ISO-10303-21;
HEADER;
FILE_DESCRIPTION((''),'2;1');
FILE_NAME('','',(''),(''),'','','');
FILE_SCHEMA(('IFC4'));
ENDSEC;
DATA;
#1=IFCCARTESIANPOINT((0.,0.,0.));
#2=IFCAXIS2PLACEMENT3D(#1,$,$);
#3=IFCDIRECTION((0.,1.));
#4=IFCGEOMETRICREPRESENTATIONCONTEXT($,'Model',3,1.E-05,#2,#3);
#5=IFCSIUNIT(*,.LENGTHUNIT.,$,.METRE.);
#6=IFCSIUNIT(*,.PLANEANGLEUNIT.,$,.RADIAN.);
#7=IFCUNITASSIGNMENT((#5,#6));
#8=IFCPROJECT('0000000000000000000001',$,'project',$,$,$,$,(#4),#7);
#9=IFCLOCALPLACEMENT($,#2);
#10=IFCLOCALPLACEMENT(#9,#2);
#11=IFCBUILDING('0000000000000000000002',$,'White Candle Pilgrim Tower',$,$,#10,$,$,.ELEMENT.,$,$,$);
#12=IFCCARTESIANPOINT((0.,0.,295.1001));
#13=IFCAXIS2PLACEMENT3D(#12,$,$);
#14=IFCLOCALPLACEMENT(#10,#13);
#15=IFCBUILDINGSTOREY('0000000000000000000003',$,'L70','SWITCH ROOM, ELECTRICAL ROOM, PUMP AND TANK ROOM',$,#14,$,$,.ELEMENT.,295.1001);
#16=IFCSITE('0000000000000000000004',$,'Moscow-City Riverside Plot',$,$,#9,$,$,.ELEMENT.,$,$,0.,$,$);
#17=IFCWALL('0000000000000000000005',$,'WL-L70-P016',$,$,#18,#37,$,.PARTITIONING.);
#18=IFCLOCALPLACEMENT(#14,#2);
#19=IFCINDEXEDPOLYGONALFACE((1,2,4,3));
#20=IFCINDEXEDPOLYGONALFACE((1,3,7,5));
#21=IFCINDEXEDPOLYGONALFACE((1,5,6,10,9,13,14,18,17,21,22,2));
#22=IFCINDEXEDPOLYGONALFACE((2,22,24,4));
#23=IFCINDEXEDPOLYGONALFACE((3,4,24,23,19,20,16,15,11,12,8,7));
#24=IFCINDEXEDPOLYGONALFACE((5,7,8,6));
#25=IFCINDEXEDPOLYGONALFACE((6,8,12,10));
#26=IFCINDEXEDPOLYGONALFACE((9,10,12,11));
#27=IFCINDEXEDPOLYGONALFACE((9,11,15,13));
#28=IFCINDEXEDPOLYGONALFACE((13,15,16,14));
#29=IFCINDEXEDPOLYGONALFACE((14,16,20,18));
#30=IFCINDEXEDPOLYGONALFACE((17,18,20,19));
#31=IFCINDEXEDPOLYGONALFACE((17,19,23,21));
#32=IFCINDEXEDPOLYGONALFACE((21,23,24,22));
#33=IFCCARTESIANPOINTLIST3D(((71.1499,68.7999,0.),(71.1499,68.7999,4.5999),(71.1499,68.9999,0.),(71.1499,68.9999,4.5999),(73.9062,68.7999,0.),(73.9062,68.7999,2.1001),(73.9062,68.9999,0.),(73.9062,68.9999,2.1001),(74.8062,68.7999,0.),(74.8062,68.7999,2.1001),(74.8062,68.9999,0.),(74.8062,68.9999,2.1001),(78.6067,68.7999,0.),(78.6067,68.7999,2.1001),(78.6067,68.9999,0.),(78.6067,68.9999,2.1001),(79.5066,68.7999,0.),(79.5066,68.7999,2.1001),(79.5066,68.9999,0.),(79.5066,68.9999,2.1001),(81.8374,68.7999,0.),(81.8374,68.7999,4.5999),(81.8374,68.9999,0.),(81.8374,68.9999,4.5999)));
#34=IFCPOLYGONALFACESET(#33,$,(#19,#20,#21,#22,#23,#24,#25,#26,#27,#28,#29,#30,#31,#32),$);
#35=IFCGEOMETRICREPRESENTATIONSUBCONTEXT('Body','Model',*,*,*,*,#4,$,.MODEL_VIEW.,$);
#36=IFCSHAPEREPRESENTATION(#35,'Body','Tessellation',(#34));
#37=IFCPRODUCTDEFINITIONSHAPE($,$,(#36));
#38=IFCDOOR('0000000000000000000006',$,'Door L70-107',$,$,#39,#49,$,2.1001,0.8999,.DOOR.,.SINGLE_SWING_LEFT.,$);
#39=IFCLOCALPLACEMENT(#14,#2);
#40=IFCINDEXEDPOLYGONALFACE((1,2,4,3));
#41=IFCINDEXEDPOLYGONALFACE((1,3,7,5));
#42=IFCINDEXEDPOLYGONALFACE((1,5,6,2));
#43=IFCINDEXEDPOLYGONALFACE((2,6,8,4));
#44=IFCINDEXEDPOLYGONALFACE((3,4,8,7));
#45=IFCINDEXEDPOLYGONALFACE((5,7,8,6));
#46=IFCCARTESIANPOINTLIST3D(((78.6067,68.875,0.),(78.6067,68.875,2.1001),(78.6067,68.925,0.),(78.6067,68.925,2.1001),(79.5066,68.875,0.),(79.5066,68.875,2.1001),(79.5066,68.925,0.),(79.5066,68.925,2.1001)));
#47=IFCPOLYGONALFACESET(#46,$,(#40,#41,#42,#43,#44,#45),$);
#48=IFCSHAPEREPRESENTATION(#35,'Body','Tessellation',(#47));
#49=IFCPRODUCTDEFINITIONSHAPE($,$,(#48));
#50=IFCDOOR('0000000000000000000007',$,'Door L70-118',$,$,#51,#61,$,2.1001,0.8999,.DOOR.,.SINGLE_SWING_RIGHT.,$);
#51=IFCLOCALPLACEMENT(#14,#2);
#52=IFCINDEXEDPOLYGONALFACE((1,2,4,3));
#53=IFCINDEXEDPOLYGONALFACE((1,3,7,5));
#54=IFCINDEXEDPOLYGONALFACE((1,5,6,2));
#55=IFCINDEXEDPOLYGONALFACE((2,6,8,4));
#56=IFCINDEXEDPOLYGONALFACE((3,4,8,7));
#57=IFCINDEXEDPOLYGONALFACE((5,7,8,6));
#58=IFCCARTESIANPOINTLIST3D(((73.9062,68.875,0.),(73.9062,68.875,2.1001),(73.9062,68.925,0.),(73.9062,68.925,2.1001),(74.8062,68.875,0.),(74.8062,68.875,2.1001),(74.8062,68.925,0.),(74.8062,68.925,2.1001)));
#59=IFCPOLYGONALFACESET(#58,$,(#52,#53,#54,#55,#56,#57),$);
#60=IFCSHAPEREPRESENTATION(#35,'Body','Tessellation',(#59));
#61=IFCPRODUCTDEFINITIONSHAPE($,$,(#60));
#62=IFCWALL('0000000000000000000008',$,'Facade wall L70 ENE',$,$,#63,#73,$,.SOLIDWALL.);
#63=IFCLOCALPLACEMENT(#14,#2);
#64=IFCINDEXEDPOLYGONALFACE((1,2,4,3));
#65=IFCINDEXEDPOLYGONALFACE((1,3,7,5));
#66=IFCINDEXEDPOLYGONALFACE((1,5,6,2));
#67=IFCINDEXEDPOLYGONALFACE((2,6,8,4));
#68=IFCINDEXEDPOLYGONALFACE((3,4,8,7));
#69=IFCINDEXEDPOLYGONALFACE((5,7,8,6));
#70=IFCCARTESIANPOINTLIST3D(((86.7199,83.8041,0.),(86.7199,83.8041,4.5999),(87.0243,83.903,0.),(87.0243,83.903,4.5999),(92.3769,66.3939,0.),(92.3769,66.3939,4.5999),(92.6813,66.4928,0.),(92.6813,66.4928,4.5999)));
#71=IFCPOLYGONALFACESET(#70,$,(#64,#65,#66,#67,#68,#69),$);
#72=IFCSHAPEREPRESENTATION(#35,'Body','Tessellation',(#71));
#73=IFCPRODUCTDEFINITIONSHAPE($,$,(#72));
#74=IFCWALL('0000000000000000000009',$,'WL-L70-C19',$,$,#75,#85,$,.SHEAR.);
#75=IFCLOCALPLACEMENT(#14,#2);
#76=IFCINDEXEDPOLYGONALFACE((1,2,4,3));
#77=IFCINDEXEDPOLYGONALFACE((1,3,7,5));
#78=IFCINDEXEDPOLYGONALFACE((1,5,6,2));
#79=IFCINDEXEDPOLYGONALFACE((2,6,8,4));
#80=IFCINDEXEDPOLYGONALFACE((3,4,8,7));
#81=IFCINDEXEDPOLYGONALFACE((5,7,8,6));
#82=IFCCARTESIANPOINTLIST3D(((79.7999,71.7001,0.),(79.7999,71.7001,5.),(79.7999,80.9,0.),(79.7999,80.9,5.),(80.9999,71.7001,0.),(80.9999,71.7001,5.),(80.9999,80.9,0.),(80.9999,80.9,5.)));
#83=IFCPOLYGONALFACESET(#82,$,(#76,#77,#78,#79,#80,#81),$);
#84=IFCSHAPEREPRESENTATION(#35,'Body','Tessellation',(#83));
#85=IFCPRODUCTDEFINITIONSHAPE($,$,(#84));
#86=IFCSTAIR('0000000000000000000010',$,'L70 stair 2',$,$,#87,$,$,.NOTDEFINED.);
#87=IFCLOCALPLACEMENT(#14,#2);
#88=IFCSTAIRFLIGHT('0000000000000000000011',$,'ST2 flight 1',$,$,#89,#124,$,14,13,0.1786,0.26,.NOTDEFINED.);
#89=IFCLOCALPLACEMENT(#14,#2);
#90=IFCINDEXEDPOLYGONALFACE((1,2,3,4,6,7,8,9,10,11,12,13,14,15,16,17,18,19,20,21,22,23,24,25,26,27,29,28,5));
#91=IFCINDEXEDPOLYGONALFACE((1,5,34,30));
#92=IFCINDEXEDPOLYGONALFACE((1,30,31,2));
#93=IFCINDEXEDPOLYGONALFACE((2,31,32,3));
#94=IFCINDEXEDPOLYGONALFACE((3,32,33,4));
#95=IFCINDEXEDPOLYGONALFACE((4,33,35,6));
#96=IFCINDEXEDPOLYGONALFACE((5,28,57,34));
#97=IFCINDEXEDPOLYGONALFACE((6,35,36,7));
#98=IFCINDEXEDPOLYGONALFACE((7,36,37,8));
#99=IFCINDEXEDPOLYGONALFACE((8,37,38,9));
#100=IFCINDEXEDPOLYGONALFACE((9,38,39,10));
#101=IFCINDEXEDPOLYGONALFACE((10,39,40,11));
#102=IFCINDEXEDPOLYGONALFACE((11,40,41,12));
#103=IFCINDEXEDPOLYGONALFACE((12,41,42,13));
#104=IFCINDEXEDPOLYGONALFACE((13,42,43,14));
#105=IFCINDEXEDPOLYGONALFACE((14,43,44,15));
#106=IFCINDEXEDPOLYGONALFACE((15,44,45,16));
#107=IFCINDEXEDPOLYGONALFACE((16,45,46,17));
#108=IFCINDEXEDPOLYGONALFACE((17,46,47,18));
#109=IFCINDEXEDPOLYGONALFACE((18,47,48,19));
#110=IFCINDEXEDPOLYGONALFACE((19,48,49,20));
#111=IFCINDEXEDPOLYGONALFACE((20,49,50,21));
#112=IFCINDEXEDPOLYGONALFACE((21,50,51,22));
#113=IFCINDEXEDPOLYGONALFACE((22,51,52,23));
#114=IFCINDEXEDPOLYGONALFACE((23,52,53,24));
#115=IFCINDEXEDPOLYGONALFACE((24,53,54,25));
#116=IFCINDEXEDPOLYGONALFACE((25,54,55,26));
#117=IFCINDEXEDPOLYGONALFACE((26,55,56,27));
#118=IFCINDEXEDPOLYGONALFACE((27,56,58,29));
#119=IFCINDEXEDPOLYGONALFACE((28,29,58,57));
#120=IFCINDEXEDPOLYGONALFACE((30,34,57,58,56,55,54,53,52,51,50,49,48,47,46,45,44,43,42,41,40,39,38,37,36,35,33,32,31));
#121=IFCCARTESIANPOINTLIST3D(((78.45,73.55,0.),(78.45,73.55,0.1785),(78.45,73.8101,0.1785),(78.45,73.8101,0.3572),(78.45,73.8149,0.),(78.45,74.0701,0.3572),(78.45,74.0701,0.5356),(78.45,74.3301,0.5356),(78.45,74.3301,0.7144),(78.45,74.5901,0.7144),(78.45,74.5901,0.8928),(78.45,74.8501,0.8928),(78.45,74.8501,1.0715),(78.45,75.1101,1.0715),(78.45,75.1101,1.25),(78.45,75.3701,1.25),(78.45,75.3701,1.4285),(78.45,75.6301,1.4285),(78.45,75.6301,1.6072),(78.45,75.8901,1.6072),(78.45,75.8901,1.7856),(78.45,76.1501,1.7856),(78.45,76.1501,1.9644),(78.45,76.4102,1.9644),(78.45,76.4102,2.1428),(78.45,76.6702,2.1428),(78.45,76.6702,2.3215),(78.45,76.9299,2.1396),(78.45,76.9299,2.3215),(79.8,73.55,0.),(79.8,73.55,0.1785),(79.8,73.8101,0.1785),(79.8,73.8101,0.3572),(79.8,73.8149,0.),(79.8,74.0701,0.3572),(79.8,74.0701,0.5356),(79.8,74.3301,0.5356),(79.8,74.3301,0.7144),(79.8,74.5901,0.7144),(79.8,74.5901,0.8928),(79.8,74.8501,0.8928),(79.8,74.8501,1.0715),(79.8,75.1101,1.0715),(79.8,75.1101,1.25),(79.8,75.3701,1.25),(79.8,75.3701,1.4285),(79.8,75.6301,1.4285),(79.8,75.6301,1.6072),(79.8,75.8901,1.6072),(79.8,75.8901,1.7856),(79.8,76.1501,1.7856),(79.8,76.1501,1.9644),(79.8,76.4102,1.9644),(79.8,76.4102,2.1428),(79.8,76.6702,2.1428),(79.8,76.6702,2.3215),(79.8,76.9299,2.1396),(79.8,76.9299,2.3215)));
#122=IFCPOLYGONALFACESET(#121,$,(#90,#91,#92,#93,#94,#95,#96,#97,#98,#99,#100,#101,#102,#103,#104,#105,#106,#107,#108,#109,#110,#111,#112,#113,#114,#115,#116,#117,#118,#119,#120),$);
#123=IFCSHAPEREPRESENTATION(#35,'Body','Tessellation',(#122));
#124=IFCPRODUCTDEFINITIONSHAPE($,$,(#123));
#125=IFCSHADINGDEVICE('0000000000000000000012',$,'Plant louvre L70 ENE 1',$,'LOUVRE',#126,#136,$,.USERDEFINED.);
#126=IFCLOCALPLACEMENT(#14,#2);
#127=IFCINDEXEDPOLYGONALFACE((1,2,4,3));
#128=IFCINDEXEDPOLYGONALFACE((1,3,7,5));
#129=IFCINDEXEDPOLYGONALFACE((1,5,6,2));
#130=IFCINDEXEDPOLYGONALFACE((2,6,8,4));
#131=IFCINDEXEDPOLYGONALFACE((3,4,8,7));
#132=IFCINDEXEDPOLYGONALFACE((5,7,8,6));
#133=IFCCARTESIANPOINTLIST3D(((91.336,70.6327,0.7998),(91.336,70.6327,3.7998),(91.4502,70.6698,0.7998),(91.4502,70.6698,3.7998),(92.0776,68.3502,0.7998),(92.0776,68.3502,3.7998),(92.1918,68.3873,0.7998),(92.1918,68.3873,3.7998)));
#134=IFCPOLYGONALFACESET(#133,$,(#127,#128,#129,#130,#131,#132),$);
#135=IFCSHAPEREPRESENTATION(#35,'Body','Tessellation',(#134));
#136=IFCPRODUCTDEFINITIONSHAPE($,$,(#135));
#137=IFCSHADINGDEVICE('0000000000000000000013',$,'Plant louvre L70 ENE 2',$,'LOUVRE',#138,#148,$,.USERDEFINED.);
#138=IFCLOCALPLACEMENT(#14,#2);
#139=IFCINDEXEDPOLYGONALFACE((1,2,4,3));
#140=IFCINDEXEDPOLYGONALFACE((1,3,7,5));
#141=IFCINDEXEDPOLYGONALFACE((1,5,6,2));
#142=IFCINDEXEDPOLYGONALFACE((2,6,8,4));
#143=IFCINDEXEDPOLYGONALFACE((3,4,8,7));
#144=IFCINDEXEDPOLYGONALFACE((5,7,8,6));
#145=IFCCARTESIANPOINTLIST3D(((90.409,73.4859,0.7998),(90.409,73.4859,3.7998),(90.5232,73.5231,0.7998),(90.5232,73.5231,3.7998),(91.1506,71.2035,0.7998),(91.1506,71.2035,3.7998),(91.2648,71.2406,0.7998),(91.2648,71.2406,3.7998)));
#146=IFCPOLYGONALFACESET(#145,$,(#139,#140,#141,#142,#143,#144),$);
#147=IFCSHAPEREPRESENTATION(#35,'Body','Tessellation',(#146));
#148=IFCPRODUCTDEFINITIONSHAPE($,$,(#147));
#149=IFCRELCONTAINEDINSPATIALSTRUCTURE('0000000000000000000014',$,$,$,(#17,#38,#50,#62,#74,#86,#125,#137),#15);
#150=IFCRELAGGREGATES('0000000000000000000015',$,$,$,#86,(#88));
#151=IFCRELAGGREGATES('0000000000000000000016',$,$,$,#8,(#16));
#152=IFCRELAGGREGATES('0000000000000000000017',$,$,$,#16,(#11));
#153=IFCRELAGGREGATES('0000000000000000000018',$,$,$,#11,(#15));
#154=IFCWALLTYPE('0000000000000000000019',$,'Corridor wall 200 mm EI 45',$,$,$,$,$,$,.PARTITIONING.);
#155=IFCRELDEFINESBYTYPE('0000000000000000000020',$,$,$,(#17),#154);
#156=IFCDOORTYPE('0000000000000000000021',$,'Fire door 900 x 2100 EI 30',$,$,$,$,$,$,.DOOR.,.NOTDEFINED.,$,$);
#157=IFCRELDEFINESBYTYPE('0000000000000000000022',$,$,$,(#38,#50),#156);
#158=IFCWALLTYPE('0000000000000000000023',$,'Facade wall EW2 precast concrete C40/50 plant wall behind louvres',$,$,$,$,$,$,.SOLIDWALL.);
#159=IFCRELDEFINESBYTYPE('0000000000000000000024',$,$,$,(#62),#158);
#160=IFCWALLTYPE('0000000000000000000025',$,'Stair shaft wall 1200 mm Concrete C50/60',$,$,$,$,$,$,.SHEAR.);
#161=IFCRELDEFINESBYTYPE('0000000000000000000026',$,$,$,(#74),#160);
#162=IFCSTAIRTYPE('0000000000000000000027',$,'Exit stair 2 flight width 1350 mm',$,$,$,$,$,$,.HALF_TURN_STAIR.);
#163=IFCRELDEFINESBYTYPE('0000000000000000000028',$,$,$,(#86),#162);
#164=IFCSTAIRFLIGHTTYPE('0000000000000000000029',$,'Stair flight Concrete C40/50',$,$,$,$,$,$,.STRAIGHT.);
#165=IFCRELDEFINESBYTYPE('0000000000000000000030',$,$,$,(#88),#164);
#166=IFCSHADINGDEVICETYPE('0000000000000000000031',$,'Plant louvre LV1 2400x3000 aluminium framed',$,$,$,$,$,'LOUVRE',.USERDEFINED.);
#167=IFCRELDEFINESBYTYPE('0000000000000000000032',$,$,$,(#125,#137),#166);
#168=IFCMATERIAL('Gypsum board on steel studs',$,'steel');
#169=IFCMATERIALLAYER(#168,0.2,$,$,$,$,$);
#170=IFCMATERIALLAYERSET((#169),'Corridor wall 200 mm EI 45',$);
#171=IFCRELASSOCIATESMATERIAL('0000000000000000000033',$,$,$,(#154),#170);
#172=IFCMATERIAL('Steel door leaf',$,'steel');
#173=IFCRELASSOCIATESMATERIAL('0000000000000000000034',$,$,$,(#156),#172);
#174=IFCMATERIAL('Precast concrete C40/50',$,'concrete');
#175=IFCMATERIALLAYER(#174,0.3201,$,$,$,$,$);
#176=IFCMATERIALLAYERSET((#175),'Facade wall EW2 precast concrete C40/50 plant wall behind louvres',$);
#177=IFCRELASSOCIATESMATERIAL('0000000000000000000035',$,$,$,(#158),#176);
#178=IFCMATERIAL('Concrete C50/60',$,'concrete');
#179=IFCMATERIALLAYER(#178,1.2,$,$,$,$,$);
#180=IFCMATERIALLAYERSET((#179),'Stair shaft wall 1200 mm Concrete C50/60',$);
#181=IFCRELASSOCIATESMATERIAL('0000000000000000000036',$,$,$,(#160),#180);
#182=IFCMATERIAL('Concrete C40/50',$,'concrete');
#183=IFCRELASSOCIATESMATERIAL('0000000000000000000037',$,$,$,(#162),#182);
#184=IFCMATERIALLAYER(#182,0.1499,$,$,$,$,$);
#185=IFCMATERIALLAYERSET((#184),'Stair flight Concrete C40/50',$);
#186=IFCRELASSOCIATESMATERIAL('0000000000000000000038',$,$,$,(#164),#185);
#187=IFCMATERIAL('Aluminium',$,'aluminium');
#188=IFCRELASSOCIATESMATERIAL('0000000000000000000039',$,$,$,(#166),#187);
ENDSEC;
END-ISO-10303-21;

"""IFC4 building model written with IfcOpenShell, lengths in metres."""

from ifc_helpers import new_model, si_unit, direction, frame, frame_2d, origin, origin_2d, place, context, subcontext, project, spatial, polyline, rectangle, outline, extrude, material, layer, layer_set, type_object, element, fill, aggregate, save


model = new_model("IFC4")

# Units and contexts
model_context = context("Model", 3, precision=1e-05, world=origin(), true_north=direction((0.0, 1.0)))
body_context = subcontext(model_context, "Body", "Model", "MODEL_VIEW")
ifc_project = project(units=[si_unit("LENGTHUNIT", "METRE"), si_unit("PLANEANGLEUNIT", "RADIAN")], contexts=[model_context])

# Site, building, storey
site_placement = place(None, origin())
site = spatial("IfcSite", under=ifc_project, at=site_placement, Name="Moscow-City Riverside Plot", CompositionType="ELEMENT", RefElevation=0.0)
building_placement = place(site_placement, origin())
building = spatial("IfcBuilding", under=site, at=building_placement, Name="White Candle Pilgrim Tower", CompositionType="ELEMENT")
storey_placement = place(building_placement, frame((0.0, 0.0, 295.1001)))
storey = spatial("IfcBuildingStorey", under=building, at=storey_placement, Name="L70", Description="SWITCH ROOM, ELECTRICAL ROOM, PUMP AND TANK ROOM", CompositionType="ELEMENT", Elevation=295.1001)

# Shared definitions
ifc_material_1 = material(Name="Concrete C50/60", Category="concrete")

# Shared definitions
ifc_material_2 = material(Name="Gypsum board on steel studs", Category="steel")
ifc_layer_1 = layer(ifc_material_2, 0.2)
ifc_layer_set_1 = layer_set([ifc_layer_1], Name="Corridor wall 200 mm EI 45")
wall_type_1 = type_object("IfcWallType", Name="Corridor wall 200 mm EI 45", PredefinedType="PARTITIONING", material=ifc_layer_set_1)

# Wall, openings, doors
wall_1_placement = place(storey_placement, frame((81.8374, 68.8999, 0.0), z_axis=(0.0, 0.0, 1.0), x_axis=(-1.0, 0.0, 0.0)))
wall_1 = element("IfcWall", 1, at=wall_1_placement, inside=storey, type_object=wall_type_1, Name="WL-L70-P016", PredefinedType="PARTITIONING", context=body_context, shape_type="SweptSolid", body=[
    extrude(rectangle(XDim=10.6875, YDim=0.2, at=frame_2d((5.3438, 0.0))), origin(), (0.0, 0.0, 1.0), 4.5999),
])
opening_1_placement = place(wall_1_placement, frame((2.3308, 0.0, 0.0)))
opening_1 = element("IfcOpeningElement", 2, at=opening_1_placement, cuts=wall_1, PredefinedType="OPENING", context=body_context, shape_type="SweptSolid", body=[
    extrude(rectangle(XDim=0.8999, YDim=2.1001, at=frame_2d((0.45, 1.05))), frame((0.0, 0.1099, 0.0), z_axis=(0.0, -1.0, 0.0), x_axis=(1.0, 0.0, 0.0)), (0.0, 0.0, 1.0), 0.22),
])
opening_2_placement = place(wall_1_placement, frame((7.0312, 0.0, 0.0)))
opening_2 = element("IfcOpeningElement", 3, at=opening_2_placement, cuts=wall_1, PredefinedType="OPENING", context=body_context, shape_type="SweptSolid", body=[
    extrude(rectangle(XDim=0.8999, YDim=2.1001, at=frame_2d((0.45, 1.05))), frame((0.0, 0.1099, 0.0), z_axis=(0.0, -1.0, 0.0), x_axis=(1.0, 0.0, 0.0)), (0.0, 0.0, 1.0), 0.22),
])
ifc_material_3 = material(Name="Steel door leaf", Category="steel")
door_type = type_object("IfcDoorType", Name="Fire door 900 x 2100 EI 30", OperationType="NOTDEFINED", PredefinedType="DOOR", material=ifc_material_3)
door_1_placement = place(opening_1_placement, origin())
door_1 = element("IfcDoor", 4, at=door_1_placement, inside=storey, type_object=door_type, Name="Door L70-107", OperationType="SINGLE_SWING_LEFT", OverallHeight=2.1001, OverallWidth=0.8999, PredefinedType="DOOR", context=body_context, shape_type="SweptSolid", body=[
    extrude(rectangle(XDim=0.8999, YDim=2.1001, at=frame_2d((0.45, 1.05))), frame((0.0, 0.0249, 0.0), z_axis=(0.0, -1.0, 0.0), x_axis=(1.0, 0.0, 0.0)), (0.0, 0.0, 1.0), 0.05),
])
fill(opening_1, door_1)
door_2_placement = place(opening_2_placement, origin())
door_2 = element("IfcDoor", 5, at=door_2_placement, inside=storey, type_object=door_type, Name="Door L70-118", OperationType="SINGLE_SWING_RIGHT", OverallHeight=2.1001, OverallWidth=0.8999, PredefinedType="DOOR", context=body_context, shape_type="SweptSolid", body=[
    extrude(rectangle(XDim=0.8999, YDim=2.1001, at=frame_2d((0.45, 1.05))), frame((0.0, 0.0249, 0.0), z_axis=(0.0, -1.0, 0.0), x_axis=(1.0, 0.0, 0.0)), (0.0, 0.0, 1.0), 0.05),
])
fill(opening_2, door_2)

# Walls
ifc_material_4 = material(Name="Precast concrete C40/50", Category="concrete")
ifc_layer_2 = layer(ifc_material_4, 0.3201)
ifc_layer_set_2 = layer_set([ifc_layer_2], Name="Facade wall EW2 precast concrete C40/50 plant wall behind louvres")
wall_type_2 = type_object("IfcWallType", Name="Facade wall EW2 precast concrete C40/50 plant wall behind louvres", PredefinedType="SOLIDWALL", material=ifc_layer_set_2)
wall_2_placement = place(storey_placement, frame((92.5291, 66.4434, 0.0), z_axis=(0.0, 0.0, 1.0), x_axis=(-0.309021, 0.951055, 0.0)))
element("IfcWall", 6, at=wall_2_placement, inside=storey, type_object=wall_type_2, Name="Facade wall L70 ENE", PredefinedType="SOLIDWALL", context=body_context, shape_type="SweptSolid", body=[
    extrude(rectangle(XDim=18.3062, YDim=0.3201, at=frame_2d((9.1531, 0.0))), origin(), (0.0, 0.0, 1.0), 4.5999),
])
ifc_layer_3 = layer(ifc_material_1, 1.2)
ifc_layer_set_3 = layer_set([ifc_layer_3], Name="Stair shaft wall 1200 mm Concrete C50/60")
wall_type_3 = type_object("IfcWallType", Name="Stair shaft wall 1200 mm Concrete C50/60", PredefinedType="SHEAR", material=ifc_layer_set_3)
wall_3_placement = place(storey_placement, frame((80.3999, 71.7, 0.0), z_axis=(0.0, 0.0, 1.0), x_axis=(0.0, 1.0, 0.0)))
element("IfcWall", 7, at=wall_3_placement, inside=storey, type_object=wall_type_3, Name="WL-L70-C19", PredefinedType="SHEAR", context=body_context, shape_type="SweptSolid", body=[
    extrude(rectangle(XDim=9.2, YDim=1.2, at=frame_2d((4.6001, 0.0))), origin(), (0.0, 0.0, 1.0), 5.0),
])

# Stair, stair flight
ifc_material_5 = material(Name="Concrete C40/50", Category="concrete")
stair_type = type_object("IfcStairType", Name="Exit stair 2 flight width 1350 mm", PredefinedType="HALF_TURN_STAIR", material=ifc_material_5)
stair_placement = place(storey_placement, origin())
stair = element("IfcStair", 8, at=stair_placement, inside=storey, type_object=stair_type, Name="L70 stair 2", PredefinedType="NOTDEFINED")
ifc_layer_4 = layer(ifc_material_5, 0.1499)
ifc_layer_set_4 = layer_set([ifc_layer_4], Name="Stair flight Concrete C40/50")
stair_flight_type = type_object("IfcStairFlightType", Name="Stair flight Concrete C40/50", PredefinedType="STRAIGHT", material=ifc_layer_set_4)
stair_flight_placement = place(storey_placement, frame((79.125, 73.55, 0.0), z_axis=(0.0, 0.0, 1.0), x_axis=(0.0, 1.0, 0.0)))
stair_flight = element("IfcStairFlight", 9, at=stair_flight_placement, type_object=stair_flight_type, Name="ST2 flight 1", NumberOfRisers=14, NumberOfTreads=13, PredefinedType="NOTDEFINED", RiserHeight=0.1786, TreadLength=0.26, context=body_context, shape_type="SweptSolid", body=[
    extrude(outline(polyline([(0.0, 0.0), (0.0, 0.1785), (0.26, 0.1785), (0.26, 0.3572), (0.52, 0.3572), (0.52, 0.5356), (0.78, 0.5356), (0.78, 0.7144), (1.04, 0.7144), (1.04, 0.8928), (1.3, 0.8928), (1.3, 1.0715), (1.5601, 1.0715), (1.5601, 1.25), (1.8201, 1.25), (1.8201, 1.4285), (2.0801, 1.4285), (2.0801, 1.6072), (2.3401, 1.6072), (2.3401, 1.7856), (2.6001, 1.7856), (2.6001, 1.9644), (2.8601, 1.9644), (2.8601, 2.1428), (3.1201, 2.1428), (3.1201, 2.3215), (3.3799, 2.3215), (3.3799, 2.5), (3.3799, 2.1396), (0.2649, 0.0), (0.0, 0.0)])), frame((0.0, 0.675, 0.0), z_axis=(0.0, -1.0, 0.0), x_axis=(1.0, 0.0, 0.0)), (0.0, 0.0, 1.0), 1.3501),
])
aggregate(stair, [stair_flight])

# Shading devices
ifc_material_6 = material(Name="Aluminium", Category="aluminium")
shading_device_type = type_object("IfcShadingDeviceType", Name="Plant louvre LV1 2400x3000 aluminium framed", ElementType="LOUVRE", PredefinedType="USERDEFINED", material=ifc_material_6)
for number, where, z_axis, x_axis, name in (
    (10, (91.7639, 69.51, 0.7998), (0.0, 0.0, 1.0), (-0.309017, 0.951057, 0.0), "Plant louvre L70 ENE 1"),
    (11, (90.8369, 72.3633, 0.7998), (0.0, 0.0, 1.0), (-0.309017, 0.951057, 0.0), "Plant louvre L70 ENE 2"),
):
    element("IfcShadingDevice", number, at=place(storey_placement, frame(where, z_axis=z_axis, x_axis=x_axis)), inside=storey, type_object=shading_device_type, Name=name, ObjectType="LOUVRE", PredefinedType="USERDEFINED", context=body_context, shape_type="SweptSolid", body=[
        extrude(rectangle(XDim=2.3999, YDim=0.1201, at=origin_2d()), origin(), (0.0, 0.0, 1.0), 3.0),
    ])

save(model, "model.ifc")
